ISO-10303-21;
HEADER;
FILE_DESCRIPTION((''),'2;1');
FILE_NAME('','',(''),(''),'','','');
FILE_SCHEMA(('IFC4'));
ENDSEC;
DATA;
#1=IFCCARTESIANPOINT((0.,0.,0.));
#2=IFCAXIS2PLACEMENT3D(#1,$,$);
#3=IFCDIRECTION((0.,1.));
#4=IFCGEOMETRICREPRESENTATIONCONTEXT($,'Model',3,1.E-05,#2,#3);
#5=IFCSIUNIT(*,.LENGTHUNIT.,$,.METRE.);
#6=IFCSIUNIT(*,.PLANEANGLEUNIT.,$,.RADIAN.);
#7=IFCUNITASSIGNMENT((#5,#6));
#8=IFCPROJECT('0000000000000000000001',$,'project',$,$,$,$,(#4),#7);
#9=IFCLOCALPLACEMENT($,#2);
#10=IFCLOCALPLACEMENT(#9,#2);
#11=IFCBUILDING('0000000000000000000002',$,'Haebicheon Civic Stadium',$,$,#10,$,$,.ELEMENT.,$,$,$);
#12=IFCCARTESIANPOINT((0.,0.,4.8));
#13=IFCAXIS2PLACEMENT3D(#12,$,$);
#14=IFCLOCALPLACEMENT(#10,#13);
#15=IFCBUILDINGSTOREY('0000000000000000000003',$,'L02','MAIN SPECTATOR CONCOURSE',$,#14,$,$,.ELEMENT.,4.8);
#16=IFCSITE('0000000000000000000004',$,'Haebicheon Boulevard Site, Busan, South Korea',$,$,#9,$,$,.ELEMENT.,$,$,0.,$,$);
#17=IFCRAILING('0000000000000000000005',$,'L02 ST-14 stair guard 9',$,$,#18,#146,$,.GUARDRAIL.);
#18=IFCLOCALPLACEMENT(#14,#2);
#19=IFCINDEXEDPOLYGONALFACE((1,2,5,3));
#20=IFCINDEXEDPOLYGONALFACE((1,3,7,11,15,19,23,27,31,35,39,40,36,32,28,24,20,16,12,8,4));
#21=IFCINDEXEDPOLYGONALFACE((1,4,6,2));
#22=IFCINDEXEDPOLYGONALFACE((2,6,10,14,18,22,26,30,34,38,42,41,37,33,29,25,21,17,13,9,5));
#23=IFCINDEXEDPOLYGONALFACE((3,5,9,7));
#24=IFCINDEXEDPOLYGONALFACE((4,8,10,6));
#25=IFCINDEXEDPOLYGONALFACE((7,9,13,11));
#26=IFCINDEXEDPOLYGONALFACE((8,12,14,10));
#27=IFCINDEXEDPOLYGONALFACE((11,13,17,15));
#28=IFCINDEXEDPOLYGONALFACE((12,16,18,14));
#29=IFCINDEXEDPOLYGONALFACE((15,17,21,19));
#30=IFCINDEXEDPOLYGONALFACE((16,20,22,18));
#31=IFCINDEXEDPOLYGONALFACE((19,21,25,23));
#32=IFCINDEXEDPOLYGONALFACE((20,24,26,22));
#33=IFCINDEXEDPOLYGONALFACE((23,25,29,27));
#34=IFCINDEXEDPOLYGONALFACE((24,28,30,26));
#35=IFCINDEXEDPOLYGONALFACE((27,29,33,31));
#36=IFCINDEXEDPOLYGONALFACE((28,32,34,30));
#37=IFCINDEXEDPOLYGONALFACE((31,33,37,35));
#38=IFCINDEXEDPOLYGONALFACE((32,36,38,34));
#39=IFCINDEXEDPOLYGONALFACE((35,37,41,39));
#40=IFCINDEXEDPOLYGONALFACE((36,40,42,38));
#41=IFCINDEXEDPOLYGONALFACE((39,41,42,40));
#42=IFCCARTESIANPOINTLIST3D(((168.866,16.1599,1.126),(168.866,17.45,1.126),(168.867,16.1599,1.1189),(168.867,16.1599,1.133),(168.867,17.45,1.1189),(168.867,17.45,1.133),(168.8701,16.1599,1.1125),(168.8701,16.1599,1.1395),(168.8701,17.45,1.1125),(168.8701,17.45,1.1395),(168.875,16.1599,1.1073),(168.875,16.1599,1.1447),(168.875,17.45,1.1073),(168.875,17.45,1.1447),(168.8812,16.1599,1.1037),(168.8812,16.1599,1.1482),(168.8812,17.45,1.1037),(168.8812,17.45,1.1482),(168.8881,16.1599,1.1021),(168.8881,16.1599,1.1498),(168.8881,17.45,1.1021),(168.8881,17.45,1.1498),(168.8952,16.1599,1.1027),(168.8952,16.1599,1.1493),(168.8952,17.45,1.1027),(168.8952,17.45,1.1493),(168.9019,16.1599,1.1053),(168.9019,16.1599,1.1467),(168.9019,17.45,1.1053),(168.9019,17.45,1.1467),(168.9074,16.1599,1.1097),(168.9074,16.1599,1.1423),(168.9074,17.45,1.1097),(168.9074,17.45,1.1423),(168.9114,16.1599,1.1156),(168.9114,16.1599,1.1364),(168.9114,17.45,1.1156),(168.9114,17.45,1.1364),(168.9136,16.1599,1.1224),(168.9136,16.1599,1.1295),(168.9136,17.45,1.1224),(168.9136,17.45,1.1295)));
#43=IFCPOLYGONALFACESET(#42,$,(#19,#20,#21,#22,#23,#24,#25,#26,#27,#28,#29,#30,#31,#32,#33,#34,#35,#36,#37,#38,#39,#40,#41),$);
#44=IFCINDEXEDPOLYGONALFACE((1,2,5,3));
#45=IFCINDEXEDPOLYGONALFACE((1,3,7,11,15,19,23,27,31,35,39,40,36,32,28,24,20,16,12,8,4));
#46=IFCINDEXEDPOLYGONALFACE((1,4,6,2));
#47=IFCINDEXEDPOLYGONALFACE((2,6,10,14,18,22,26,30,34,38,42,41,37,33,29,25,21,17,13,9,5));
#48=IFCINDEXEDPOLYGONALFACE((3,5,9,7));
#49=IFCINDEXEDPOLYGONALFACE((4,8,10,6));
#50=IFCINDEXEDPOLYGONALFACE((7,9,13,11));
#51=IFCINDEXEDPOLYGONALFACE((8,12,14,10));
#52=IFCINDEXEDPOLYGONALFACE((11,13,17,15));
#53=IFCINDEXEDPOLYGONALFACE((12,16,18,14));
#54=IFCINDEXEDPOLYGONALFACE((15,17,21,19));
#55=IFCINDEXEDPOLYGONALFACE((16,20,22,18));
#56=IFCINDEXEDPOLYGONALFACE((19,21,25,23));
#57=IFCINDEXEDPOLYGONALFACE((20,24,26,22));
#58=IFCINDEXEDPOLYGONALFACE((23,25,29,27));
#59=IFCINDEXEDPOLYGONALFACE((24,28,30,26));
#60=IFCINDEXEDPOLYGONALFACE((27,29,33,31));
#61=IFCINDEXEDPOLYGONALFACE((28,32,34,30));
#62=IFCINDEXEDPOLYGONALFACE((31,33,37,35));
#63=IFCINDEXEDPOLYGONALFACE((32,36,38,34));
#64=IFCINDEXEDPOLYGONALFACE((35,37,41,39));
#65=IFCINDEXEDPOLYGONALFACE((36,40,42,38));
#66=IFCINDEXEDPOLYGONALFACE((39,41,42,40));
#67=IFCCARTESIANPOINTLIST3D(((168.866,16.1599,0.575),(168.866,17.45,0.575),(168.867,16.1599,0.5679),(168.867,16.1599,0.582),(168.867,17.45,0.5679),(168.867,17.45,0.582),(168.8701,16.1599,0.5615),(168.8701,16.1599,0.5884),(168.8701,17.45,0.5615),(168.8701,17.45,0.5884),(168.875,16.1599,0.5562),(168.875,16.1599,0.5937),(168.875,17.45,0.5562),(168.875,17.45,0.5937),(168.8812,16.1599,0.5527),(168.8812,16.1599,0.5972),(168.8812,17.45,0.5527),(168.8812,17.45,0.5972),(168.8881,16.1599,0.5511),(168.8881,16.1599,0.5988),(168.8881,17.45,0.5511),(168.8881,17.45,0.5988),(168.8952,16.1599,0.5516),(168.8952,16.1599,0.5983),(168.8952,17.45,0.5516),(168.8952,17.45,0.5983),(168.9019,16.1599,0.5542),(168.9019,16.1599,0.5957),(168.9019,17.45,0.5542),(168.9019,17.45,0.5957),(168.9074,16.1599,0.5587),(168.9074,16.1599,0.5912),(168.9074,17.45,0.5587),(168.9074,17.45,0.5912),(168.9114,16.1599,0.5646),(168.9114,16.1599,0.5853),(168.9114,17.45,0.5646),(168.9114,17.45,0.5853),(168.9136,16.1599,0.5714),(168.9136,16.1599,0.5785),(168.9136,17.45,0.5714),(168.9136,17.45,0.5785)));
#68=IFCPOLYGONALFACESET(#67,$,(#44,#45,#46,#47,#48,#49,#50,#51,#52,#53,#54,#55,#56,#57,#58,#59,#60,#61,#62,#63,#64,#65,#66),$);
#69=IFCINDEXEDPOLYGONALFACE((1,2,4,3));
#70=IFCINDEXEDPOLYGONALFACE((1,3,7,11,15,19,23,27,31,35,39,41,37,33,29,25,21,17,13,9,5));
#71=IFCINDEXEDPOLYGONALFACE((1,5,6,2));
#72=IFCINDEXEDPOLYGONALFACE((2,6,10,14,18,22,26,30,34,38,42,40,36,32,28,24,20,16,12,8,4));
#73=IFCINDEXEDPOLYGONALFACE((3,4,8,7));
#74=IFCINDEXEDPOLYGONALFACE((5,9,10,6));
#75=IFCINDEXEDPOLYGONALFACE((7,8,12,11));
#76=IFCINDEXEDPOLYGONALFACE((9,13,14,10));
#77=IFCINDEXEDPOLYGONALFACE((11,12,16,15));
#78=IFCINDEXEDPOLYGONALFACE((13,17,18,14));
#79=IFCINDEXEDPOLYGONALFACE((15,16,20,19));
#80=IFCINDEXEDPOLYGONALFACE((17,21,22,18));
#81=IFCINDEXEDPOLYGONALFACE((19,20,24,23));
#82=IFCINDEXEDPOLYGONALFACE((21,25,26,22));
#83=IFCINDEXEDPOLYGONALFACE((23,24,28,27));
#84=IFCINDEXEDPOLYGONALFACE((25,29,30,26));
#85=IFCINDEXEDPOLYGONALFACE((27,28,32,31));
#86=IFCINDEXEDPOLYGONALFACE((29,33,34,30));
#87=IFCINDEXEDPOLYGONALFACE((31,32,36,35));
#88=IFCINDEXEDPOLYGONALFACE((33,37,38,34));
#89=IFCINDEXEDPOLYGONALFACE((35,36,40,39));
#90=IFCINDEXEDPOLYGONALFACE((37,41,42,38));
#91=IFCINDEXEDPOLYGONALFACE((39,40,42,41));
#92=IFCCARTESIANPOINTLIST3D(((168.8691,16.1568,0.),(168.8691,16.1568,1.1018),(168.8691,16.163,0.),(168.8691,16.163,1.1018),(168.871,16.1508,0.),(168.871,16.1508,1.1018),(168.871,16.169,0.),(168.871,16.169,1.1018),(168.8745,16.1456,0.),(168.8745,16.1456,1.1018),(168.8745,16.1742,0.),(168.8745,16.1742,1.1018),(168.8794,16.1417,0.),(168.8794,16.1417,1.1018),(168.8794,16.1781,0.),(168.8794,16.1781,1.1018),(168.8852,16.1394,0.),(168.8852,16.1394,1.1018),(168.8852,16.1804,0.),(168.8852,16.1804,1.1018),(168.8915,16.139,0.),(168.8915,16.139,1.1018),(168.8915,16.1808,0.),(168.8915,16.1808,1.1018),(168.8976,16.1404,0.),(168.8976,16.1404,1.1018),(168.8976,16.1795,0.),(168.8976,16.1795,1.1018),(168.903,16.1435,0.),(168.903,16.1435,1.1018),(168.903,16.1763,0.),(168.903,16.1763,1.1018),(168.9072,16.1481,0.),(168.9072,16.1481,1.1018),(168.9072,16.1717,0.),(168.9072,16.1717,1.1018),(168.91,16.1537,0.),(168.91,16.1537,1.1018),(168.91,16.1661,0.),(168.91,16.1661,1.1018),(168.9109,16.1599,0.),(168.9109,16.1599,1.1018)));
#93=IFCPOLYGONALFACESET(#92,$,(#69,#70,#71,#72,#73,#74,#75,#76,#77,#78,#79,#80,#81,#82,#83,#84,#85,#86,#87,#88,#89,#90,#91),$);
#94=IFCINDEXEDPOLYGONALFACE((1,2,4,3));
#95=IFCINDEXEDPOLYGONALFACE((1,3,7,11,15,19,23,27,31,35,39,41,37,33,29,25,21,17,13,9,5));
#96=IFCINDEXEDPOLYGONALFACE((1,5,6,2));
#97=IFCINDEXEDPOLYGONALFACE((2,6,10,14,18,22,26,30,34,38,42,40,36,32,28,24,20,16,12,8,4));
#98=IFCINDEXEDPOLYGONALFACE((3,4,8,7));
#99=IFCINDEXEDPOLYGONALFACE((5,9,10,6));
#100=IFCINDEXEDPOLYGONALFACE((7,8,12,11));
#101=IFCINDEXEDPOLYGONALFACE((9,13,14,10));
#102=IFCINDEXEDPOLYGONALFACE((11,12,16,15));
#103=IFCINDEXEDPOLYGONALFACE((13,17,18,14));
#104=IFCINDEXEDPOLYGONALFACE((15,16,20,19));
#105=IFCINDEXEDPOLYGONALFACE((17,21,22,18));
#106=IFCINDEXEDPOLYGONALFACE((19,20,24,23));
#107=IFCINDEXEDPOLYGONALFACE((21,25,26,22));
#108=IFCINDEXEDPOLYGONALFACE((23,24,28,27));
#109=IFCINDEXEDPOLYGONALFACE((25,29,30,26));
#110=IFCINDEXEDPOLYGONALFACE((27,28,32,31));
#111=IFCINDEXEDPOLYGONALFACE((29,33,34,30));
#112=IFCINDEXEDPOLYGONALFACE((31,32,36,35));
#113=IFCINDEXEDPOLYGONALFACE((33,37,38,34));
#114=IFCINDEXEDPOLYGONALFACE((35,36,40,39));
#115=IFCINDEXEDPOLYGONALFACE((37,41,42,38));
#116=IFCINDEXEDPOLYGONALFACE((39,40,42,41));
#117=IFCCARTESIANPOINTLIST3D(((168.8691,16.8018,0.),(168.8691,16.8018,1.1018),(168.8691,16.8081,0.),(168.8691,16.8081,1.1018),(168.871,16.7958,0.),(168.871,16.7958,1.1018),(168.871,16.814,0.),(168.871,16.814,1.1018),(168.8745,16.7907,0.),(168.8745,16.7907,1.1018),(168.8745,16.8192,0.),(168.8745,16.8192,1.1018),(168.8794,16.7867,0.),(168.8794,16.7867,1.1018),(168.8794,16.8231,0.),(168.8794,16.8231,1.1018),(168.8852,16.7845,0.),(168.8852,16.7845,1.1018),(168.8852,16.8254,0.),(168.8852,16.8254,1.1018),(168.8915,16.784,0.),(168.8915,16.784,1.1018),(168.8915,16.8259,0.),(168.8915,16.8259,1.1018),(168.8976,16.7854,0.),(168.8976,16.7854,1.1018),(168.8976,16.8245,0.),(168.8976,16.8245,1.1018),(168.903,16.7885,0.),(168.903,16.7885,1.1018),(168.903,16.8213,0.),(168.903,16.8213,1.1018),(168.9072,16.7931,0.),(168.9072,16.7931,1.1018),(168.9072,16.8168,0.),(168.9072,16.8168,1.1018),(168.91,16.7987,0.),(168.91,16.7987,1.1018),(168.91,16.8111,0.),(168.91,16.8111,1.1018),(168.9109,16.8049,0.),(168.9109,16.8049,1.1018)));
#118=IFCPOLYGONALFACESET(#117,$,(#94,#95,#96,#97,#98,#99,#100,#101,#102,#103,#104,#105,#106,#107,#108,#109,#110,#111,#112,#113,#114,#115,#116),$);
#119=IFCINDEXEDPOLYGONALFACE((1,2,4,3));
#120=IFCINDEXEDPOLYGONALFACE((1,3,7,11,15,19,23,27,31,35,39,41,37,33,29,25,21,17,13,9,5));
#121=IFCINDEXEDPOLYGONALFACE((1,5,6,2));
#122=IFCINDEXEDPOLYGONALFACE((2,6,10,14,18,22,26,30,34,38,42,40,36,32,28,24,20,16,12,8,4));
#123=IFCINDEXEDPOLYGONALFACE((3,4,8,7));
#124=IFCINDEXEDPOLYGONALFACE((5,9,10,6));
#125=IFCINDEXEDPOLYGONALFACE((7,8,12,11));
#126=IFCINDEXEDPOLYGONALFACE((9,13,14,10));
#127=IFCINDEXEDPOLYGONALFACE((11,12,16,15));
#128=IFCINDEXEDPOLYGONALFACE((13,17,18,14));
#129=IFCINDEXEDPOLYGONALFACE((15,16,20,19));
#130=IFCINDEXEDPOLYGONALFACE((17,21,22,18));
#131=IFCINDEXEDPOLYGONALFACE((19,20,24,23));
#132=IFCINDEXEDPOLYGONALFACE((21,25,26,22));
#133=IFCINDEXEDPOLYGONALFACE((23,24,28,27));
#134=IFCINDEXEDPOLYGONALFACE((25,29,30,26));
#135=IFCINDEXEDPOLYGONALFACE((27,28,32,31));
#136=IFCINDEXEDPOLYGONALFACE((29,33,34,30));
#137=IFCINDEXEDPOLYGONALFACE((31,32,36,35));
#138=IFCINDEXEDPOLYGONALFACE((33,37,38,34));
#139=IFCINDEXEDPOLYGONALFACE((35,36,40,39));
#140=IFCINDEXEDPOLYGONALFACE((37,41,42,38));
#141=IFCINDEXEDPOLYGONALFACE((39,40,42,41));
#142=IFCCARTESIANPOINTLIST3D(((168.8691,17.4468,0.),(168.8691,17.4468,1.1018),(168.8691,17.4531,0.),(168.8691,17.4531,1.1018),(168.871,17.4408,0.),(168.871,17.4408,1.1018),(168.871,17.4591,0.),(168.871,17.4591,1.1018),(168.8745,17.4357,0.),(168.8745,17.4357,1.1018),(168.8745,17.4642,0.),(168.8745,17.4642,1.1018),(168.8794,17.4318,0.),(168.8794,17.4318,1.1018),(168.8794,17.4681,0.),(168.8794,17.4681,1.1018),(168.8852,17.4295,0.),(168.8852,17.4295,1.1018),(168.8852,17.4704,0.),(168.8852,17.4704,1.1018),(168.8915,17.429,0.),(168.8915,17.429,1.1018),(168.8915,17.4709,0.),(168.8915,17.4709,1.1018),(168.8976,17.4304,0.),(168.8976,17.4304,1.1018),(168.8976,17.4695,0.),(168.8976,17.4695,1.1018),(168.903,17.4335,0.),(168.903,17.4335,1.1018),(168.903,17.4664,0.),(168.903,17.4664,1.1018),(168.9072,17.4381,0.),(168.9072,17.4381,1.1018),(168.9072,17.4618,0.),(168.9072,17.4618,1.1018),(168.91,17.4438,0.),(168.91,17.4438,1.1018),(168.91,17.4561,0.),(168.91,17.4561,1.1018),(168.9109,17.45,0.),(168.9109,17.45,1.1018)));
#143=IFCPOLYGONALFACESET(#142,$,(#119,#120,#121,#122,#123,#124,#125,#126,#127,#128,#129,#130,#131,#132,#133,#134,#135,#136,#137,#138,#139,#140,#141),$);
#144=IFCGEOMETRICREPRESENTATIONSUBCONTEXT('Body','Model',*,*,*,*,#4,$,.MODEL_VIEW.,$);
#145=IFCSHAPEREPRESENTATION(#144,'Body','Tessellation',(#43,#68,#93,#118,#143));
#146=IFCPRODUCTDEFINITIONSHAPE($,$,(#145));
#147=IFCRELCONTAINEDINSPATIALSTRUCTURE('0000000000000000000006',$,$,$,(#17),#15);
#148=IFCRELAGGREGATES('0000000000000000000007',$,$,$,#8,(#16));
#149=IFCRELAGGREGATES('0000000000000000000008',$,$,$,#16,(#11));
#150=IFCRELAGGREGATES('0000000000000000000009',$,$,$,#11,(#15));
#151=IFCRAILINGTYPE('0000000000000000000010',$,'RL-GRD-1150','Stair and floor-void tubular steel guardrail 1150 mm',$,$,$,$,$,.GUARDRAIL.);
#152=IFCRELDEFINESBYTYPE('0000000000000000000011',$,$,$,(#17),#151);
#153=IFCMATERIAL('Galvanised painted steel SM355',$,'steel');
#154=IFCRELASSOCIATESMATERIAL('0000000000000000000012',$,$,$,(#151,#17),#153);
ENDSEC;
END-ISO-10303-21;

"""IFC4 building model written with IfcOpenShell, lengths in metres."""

from ifc_helpers import new_model, si_unit, direction, frame, origin, origin_2d, place, context, subcontext, project, spatial, circle, extrude, material, type_object, element, save


model = new_model("IFC4")

# Units and contexts
model_context = context("Model", 3, precision=1e-05, world=origin(), true_north=direction((0.0, 1.0)))
body_context = subcontext(model_context, "Body", "Model", "MODEL_VIEW")
ifc_project = project(units=[si_unit("LENGTHUNIT", "METRE"), si_unit("PLANEANGLEUNIT", "RADIAN")], contexts=[model_context])

# Site, building, storey
site_placement = place(None, origin())
site = spatial("IfcSite", under=ifc_project, at=site_placement, Name="Haebicheon Boulevard Site, Busan, South Korea", CompositionType="ELEMENT", RefElevation=0.0)
building_placement = place(site_placement, origin())
building = spatial("IfcBuilding", under=site, at=building_placement, Name="Haebicheon Civic Stadium", CompositionType="ELEMENT")
storey_placement = place(building_placement, frame((0.0, 0.0, 4.8)))
storey = spatial("IfcBuildingStorey", under=building, at=storey_placement, Name="L02", Description="MAIN SPECTATOR CONCOURSE", CompositionType="ELEMENT", Elevation=4.8)

# Railing
ifc_material_1 = material(Name="Galvanised painted steel SM355", Category="steel")
railing_type_1 = type_object("IfcRailingType", Name="RL-GRD-1150", Description="Stair and floor-void tubular steel guardrail 1150 mm", PredefinedType="GUARDRAIL", material=ifc_material_1)
for number, where, name in (
    (1, (168.8899, 16.1599, 0.0), "L02 ST-14 stair guard 9"),
):
    element("IfcRailing", number, at=place(storey_placement, frame(where)), inside=storey, type_object=railing_type_1, material=ifc_material_1, Name=name, PredefinedType="GUARDRAIL", context=body_context, shape_type="SweptSolid", body=[
        extrude(circle(Radius=0.0239, at=origin_2d()), frame((0.0, 0.0, 1.126), z_axis=(0.0, 1.0, 0.0), x_axis=(-1.0, 0.0, 0.0)), (0.0, 0.0, 1.0), 1.29),
        extrude(circle(Radius=0.0239, at=origin_2d()), frame((0.0, 0.0, 0.575), z_axis=(0.0, 1.0, 0.0), x_axis=(-1.0, 0.0, 0.0)), (0.0, 0.0, 1.0), 1.29),
        extrude(circle(Radius=0.021, at=origin_2d()), origin(), (0.0, 0.0, 1.0), 1.1018),
        extrude(circle(Radius=0.021, at=origin_2d()), frame((0.0, 0.645, 0.0)), (0.0, 0.0, 1.0), 1.1018),
        extrude(circle(Radius=0.021, at=origin_2d()), frame((0.0, 1.29, 0.0)), (0.0, 0.0, 1.0), 1.1018),
    ])

save(model, "model.ifc")
